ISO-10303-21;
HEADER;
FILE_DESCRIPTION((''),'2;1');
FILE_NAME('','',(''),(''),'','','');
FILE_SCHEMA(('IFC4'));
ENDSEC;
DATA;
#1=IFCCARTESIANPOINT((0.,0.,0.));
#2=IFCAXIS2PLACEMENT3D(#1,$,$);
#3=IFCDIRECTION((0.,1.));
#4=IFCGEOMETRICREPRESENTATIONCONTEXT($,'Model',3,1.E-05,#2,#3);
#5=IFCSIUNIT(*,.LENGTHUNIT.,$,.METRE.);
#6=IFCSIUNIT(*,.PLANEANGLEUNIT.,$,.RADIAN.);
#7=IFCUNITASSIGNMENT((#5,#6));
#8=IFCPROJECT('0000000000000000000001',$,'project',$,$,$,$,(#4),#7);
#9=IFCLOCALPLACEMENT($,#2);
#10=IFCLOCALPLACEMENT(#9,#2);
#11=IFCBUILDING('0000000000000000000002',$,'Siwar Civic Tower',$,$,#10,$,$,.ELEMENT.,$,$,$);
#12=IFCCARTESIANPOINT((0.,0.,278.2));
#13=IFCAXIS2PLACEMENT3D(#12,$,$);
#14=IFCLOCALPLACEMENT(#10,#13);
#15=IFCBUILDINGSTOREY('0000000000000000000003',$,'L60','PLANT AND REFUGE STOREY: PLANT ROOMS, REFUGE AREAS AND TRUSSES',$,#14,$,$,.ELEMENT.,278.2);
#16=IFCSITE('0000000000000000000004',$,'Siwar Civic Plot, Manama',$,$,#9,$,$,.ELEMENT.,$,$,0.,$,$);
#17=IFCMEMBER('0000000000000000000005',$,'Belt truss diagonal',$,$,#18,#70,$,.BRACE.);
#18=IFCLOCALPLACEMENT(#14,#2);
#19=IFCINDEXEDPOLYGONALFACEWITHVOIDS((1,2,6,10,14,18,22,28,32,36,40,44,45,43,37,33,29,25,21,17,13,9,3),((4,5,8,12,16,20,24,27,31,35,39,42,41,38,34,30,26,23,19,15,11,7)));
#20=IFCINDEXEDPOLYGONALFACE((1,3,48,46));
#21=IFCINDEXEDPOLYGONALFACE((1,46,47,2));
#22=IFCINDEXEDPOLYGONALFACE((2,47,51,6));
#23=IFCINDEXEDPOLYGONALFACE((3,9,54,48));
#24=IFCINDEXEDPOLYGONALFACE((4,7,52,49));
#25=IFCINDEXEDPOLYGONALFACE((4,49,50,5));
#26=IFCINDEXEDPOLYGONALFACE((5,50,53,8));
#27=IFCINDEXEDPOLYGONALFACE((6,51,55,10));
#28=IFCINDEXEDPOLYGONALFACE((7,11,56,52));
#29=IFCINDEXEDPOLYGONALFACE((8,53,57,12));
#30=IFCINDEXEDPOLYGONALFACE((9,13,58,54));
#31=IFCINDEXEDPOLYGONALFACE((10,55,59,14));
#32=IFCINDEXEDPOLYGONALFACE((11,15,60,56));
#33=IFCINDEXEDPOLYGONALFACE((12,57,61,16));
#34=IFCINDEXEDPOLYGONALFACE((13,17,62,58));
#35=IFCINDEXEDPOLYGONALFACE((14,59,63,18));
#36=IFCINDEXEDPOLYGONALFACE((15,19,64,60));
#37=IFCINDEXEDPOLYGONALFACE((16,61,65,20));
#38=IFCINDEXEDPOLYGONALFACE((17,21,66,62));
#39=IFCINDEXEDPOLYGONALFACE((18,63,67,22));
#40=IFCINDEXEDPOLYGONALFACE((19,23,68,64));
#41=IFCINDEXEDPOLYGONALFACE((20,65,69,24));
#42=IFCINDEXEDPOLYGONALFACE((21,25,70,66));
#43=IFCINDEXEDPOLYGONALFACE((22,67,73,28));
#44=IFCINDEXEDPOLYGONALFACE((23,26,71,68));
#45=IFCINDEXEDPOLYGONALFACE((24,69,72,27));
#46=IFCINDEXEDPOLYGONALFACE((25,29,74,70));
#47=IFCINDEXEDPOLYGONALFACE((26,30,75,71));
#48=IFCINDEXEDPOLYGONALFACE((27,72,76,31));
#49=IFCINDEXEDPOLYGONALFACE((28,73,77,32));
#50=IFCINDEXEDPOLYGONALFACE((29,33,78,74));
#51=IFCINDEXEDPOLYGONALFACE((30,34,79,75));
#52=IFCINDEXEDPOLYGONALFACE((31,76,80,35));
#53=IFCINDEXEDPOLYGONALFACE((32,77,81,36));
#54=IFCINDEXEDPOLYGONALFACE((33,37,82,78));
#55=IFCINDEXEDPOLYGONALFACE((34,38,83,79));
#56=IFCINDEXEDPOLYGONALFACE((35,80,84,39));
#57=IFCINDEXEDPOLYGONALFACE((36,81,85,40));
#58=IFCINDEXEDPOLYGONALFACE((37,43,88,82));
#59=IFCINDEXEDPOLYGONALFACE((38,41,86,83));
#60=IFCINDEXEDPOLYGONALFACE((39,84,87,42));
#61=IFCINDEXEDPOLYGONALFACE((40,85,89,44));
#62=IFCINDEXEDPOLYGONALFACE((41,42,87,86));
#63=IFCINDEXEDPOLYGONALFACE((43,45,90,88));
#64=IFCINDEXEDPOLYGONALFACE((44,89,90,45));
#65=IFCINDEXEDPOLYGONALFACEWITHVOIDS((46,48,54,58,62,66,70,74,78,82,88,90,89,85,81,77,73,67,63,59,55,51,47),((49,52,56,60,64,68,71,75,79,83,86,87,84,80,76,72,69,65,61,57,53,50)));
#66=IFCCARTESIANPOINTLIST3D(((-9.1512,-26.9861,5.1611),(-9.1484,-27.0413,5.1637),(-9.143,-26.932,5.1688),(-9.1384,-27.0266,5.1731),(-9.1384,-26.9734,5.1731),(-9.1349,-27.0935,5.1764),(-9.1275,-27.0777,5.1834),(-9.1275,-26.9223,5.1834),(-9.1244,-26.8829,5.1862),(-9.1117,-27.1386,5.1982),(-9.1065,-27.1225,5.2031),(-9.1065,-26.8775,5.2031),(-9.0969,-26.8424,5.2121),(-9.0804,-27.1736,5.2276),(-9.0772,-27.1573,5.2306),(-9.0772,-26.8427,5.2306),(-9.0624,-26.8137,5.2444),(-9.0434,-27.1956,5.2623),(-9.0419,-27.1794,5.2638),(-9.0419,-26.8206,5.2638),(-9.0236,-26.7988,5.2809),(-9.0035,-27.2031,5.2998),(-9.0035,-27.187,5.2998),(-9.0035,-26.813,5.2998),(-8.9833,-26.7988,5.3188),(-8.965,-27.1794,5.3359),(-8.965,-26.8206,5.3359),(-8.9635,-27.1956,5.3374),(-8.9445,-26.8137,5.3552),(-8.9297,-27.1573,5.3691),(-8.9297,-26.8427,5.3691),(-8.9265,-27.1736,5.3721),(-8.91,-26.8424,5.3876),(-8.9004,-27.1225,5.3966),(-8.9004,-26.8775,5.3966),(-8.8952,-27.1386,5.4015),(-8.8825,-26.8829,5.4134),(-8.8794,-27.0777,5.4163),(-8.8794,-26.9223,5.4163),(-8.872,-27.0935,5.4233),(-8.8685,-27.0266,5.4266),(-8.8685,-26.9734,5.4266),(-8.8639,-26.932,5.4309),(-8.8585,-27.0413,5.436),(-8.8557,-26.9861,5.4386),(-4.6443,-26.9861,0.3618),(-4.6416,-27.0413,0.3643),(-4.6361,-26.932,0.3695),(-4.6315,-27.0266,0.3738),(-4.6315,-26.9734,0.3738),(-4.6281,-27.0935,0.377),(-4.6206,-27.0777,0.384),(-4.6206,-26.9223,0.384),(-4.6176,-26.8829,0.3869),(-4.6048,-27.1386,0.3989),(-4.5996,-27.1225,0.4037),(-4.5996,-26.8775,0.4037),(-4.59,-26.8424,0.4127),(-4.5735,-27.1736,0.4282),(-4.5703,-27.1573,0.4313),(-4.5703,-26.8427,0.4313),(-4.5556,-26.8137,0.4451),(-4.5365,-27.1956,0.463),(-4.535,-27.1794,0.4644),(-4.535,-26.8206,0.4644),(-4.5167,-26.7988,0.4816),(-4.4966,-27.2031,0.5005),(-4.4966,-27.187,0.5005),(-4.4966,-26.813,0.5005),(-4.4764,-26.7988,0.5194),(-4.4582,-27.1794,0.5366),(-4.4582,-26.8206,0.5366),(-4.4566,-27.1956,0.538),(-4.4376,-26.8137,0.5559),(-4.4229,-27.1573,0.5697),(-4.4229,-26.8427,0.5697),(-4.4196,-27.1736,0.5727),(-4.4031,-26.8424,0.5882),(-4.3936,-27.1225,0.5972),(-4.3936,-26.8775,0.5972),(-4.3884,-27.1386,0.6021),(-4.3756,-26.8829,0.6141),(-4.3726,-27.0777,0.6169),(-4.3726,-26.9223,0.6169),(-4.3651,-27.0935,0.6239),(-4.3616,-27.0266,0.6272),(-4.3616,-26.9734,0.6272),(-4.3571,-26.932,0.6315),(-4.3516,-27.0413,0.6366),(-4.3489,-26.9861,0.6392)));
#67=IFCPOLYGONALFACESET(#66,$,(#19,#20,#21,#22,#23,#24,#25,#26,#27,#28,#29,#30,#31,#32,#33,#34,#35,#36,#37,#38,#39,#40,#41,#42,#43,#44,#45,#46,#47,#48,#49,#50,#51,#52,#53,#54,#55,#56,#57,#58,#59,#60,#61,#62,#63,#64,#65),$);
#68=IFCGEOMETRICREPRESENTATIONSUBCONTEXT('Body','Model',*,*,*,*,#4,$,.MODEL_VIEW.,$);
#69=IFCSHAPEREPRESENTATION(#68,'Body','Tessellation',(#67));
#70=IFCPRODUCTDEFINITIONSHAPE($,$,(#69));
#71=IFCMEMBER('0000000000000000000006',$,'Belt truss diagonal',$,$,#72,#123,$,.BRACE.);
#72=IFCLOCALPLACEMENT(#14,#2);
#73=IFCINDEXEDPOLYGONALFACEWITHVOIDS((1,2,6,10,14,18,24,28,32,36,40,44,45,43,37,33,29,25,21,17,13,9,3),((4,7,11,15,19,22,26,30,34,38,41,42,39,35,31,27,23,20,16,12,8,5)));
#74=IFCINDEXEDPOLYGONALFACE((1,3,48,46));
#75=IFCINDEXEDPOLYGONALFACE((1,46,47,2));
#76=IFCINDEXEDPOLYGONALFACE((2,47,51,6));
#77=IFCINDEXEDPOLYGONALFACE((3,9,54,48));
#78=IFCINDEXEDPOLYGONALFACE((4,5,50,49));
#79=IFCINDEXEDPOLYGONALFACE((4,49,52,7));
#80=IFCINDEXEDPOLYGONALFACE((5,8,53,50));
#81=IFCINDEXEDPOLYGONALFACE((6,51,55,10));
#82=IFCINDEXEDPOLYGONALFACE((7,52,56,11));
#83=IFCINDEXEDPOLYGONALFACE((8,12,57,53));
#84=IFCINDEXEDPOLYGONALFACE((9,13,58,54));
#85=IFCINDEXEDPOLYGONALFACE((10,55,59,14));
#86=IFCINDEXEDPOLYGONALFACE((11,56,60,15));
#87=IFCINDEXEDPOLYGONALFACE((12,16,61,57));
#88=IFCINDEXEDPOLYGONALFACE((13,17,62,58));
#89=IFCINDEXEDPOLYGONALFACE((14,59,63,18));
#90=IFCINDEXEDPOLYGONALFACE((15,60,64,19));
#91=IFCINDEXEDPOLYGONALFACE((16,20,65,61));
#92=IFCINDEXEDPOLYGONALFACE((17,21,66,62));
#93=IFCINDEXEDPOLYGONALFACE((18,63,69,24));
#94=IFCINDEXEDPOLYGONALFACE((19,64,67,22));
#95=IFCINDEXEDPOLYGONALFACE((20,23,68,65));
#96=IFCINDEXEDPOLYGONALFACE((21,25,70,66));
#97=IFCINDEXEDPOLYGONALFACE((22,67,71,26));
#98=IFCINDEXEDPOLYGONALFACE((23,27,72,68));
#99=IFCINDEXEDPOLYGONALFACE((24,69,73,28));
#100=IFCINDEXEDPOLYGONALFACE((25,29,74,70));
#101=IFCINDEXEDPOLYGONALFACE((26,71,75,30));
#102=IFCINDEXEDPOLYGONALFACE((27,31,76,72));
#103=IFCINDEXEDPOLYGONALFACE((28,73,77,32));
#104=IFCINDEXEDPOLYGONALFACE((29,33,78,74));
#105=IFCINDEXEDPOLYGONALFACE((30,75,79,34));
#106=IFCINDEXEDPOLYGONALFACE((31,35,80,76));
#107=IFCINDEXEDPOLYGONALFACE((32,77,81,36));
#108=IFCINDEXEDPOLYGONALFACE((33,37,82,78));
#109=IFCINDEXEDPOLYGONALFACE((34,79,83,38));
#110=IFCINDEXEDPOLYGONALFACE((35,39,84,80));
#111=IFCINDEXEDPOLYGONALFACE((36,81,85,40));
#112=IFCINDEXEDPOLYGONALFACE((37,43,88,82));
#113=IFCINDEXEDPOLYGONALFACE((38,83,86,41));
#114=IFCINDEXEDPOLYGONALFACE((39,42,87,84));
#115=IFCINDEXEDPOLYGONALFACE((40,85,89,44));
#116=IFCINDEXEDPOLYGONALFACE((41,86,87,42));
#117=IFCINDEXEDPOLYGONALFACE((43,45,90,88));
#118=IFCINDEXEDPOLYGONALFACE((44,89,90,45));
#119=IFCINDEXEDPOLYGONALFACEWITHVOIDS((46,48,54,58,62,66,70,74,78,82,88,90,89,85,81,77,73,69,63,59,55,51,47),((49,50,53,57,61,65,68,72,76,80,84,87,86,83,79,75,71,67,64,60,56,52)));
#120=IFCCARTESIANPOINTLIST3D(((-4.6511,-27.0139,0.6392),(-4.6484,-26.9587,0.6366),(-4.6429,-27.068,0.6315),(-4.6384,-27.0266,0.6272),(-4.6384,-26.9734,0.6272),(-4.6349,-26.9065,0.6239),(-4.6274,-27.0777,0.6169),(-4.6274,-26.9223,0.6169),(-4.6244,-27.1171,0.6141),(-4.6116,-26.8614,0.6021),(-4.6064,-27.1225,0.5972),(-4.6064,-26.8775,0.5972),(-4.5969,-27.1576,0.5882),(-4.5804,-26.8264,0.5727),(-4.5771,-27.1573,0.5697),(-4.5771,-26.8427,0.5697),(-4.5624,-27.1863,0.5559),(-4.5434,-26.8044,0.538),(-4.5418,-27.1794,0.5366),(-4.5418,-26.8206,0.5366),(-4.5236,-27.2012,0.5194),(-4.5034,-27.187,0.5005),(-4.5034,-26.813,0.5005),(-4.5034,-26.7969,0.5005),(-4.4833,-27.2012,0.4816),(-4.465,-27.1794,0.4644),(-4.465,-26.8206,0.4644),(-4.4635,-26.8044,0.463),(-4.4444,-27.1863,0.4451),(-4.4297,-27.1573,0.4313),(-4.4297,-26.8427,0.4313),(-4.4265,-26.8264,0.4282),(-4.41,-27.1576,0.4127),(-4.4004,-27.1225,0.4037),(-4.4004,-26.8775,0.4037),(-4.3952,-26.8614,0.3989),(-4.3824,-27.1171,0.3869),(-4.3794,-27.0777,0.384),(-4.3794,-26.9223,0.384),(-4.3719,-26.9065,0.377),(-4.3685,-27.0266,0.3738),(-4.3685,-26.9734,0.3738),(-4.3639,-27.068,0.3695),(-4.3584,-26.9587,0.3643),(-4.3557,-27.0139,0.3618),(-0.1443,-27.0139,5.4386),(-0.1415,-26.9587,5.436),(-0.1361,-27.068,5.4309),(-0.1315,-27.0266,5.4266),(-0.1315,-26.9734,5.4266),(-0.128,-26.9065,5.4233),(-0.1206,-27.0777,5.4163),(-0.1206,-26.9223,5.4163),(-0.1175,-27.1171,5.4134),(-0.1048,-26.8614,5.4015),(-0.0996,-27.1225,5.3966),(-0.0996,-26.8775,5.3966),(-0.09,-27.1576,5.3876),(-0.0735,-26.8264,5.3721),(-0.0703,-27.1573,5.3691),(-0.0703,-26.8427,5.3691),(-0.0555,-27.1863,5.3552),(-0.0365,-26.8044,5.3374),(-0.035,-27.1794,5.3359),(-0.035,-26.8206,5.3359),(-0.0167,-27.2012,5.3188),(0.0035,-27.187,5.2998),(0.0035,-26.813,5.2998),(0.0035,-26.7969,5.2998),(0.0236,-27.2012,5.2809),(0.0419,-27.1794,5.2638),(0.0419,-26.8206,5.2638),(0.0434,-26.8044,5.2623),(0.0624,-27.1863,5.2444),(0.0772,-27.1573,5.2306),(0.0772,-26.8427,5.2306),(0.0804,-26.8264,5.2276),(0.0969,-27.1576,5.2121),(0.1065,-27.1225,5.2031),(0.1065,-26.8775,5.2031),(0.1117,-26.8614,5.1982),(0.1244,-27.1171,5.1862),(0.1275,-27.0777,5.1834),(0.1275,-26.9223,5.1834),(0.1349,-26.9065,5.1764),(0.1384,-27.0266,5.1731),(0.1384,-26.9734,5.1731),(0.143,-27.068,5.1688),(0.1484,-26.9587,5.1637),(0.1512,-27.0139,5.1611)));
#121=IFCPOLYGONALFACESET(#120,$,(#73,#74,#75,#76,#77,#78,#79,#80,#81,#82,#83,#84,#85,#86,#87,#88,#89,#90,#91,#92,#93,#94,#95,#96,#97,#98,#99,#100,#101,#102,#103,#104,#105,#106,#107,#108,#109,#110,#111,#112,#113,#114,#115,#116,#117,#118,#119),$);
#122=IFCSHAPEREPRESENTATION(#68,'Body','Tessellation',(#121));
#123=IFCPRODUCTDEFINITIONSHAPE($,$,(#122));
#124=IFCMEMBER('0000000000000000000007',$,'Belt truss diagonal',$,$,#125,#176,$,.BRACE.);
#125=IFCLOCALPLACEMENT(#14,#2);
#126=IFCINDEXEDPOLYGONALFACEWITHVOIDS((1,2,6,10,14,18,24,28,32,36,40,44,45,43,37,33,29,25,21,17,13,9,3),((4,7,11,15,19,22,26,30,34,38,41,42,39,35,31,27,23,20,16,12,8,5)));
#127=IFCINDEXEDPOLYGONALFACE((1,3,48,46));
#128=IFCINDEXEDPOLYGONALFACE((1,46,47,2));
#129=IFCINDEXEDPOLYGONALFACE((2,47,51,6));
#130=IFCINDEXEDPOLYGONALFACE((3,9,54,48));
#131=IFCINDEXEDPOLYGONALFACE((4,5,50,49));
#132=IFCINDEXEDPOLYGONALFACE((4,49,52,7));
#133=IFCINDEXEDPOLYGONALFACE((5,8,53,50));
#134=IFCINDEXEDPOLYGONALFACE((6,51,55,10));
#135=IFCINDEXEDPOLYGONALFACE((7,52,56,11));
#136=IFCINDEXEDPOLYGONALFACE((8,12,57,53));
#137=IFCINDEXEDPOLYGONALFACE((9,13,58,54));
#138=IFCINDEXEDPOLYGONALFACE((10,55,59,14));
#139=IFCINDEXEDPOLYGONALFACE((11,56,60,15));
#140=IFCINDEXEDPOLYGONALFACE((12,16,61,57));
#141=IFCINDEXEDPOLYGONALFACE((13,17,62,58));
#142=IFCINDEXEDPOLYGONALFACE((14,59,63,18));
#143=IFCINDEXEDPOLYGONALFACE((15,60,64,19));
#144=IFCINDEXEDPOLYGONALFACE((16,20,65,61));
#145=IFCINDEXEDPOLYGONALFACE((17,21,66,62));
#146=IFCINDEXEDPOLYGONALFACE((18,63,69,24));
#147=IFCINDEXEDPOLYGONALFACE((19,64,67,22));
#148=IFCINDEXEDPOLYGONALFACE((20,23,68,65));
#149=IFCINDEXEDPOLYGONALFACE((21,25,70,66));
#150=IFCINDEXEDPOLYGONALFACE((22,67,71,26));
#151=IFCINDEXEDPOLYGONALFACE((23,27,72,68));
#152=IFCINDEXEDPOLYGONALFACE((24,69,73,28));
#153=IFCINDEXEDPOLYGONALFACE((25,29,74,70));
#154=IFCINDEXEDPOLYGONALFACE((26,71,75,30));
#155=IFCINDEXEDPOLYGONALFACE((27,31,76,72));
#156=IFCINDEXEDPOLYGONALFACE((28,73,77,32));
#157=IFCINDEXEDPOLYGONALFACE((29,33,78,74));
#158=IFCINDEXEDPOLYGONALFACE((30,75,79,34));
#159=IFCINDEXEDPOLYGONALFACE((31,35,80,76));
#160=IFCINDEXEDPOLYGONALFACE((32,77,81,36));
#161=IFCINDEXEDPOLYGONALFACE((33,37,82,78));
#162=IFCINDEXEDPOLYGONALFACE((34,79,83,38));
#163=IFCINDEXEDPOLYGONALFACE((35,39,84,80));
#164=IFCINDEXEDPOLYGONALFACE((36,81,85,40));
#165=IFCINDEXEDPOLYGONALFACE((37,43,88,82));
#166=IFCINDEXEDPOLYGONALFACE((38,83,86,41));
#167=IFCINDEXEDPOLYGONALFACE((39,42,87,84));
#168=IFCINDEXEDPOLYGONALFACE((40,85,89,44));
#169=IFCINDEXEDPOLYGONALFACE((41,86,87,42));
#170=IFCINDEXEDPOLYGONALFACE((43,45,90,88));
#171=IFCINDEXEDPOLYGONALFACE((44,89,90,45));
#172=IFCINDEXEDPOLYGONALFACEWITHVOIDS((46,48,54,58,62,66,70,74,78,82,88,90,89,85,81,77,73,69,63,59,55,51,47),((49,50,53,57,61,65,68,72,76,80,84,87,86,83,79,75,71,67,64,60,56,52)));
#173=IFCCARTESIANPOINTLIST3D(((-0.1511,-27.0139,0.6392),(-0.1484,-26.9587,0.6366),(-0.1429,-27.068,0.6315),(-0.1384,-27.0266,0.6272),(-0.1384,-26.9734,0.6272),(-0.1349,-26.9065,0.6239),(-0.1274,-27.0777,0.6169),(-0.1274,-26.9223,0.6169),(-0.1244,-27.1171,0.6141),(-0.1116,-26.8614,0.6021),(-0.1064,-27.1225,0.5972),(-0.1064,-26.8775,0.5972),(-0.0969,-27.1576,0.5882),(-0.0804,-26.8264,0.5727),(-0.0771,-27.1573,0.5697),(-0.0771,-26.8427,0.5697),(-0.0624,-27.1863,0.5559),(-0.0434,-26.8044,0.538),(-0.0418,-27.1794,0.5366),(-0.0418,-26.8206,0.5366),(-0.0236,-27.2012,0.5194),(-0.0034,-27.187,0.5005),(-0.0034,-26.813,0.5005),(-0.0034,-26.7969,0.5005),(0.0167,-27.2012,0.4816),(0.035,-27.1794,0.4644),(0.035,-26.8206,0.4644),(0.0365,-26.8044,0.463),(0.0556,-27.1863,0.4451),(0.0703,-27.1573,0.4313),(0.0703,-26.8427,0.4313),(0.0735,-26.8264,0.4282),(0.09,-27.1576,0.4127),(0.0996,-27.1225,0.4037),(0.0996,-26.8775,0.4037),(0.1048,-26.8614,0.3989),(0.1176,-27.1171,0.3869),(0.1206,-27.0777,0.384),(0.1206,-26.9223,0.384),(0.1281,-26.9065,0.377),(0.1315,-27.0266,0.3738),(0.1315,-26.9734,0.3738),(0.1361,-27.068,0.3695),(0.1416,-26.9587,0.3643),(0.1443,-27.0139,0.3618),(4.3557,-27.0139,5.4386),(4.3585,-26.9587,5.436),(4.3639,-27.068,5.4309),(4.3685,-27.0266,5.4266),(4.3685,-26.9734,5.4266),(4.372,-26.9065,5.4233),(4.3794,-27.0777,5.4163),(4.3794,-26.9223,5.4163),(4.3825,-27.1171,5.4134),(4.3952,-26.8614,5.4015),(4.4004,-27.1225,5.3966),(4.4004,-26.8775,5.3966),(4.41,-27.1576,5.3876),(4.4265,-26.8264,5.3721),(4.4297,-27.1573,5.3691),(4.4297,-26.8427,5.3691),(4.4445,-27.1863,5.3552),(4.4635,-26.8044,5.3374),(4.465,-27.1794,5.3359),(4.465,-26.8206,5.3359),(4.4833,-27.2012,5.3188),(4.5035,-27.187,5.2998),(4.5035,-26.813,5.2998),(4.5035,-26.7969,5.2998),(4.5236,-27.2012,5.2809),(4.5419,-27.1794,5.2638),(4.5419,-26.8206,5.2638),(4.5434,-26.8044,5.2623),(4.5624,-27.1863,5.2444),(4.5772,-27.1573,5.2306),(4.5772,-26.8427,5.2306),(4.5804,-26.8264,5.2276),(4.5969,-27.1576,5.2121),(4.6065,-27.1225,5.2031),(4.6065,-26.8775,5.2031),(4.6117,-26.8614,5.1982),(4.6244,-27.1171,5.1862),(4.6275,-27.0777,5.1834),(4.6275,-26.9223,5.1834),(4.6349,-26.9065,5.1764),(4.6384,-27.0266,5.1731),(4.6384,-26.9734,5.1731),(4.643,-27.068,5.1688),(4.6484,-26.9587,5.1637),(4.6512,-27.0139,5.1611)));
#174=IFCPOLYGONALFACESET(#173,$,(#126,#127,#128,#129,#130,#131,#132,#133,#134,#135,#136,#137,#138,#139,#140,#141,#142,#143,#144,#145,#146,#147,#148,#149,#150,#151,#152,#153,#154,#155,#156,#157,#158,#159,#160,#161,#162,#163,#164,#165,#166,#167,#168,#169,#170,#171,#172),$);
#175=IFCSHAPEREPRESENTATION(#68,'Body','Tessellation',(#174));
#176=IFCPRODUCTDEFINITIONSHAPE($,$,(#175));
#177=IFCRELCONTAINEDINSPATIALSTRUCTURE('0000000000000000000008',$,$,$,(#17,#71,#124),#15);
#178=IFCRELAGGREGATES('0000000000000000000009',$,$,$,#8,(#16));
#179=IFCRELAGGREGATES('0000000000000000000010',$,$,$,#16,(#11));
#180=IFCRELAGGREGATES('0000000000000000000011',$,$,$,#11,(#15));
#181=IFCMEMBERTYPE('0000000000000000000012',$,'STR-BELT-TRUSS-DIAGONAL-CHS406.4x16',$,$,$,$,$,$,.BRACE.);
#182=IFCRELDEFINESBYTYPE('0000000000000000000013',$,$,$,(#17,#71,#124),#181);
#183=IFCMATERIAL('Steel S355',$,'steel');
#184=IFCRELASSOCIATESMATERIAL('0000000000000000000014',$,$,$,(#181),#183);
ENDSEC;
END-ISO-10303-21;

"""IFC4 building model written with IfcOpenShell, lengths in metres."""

from ifc_helpers import new_model, si_unit, direction, frame, origin, origin_2d, place, context, subcontext, project, spatial, hollow_circle, extrude, material, material_profile, profile_set, type_object, element, save


model = new_model("IFC4")

# Units and contexts
model_context = context("Model", 3, precision=1e-05, world=origin(), true_north=direction((0.0, 1.0)))
body_context = subcontext(model_context, "Body", "Model", "MODEL_VIEW")
ifc_project = project(units=[si_unit("LENGTHUNIT", "METRE"), si_unit("PLANEANGLEUNIT", "RADIAN")], contexts=[model_context])

# Site, building, storey
site_placement = place(None, origin())
site = spatial("IfcSite", under=ifc_project, at=site_placement, Name="Siwar Civic Plot, Manama", CompositionType="ELEMENT", RefElevation=0.0)
building_placement = place(site_placement, origin())
building = spatial("IfcBuilding", under=site, at=building_placement, Name="Siwar Civic Tower", CompositionType="ELEMENT")
storey_placement = place(building_placement, frame((0.0, 0.0, 278.2)))
storey = spatial("IfcBuildingStorey", under=building, at=storey_placement, Name="L60", Description="PLANT AND REFUGE STOREY: PLANT ROOMS, REFUGE AREAS AND TRUSSES", CompositionType="ELEMENT", Elevation=278.2)

# Members
ifc_material_1 = material(Name="Steel S355", Category="steel")
ifc_material_profile_1 = material_profile(ifc_material_1, hollow_circle(Radius=0.2031, WallThickness=0.0161, at=origin_2d()), Name="CHS406.4x16")
ifc_profile_set_1 = profile_set([ifc_material_profile_1], Name="Steel S355")
member_type_1 = type_object("IfcMemberType", Name="STR-BELT-TRUSS-DIAGONAL-CHS406.4x16", PredefinedType="BRACE", material=ifc_profile_set_1)
for number, where, z_axis, x_axis, name in (
    (1, (-4.4966, -27.0, 0.5005), (-0.684545, 0.0, 0.72897), (0.0, -1.0, 0.0), "Belt truss diagonal"),
    (2, (-4.5034, -27.0, 0.5005), (0.684545, 0.0, 0.72897), (0.0, 1.0, 0.0), "Belt truss diagonal"),
    (3, (-0.0034, -27.0, 0.5005), (0.684545, 0.0, 0.72897), (0.0, 1.0, 0.0), "Belt truss diagonal"),
):
    element("IfcMember", number, at=place(storey_placement, frame(where, z_axis=z_axis, x_axis=x_axis)), inside=storey, type_object=member_type_1, Name=name, PredefinedType="BRACE", context=body_context, shape_type="SweptSolid", body=[
        extrude(hollow_circle(Radius=0.2031, WallThickness=0.0161, at=origin_2d()), origin(), (0.0, 0.0, 1.0), 6.5837),
    ])

save(model, "model.ifc")
